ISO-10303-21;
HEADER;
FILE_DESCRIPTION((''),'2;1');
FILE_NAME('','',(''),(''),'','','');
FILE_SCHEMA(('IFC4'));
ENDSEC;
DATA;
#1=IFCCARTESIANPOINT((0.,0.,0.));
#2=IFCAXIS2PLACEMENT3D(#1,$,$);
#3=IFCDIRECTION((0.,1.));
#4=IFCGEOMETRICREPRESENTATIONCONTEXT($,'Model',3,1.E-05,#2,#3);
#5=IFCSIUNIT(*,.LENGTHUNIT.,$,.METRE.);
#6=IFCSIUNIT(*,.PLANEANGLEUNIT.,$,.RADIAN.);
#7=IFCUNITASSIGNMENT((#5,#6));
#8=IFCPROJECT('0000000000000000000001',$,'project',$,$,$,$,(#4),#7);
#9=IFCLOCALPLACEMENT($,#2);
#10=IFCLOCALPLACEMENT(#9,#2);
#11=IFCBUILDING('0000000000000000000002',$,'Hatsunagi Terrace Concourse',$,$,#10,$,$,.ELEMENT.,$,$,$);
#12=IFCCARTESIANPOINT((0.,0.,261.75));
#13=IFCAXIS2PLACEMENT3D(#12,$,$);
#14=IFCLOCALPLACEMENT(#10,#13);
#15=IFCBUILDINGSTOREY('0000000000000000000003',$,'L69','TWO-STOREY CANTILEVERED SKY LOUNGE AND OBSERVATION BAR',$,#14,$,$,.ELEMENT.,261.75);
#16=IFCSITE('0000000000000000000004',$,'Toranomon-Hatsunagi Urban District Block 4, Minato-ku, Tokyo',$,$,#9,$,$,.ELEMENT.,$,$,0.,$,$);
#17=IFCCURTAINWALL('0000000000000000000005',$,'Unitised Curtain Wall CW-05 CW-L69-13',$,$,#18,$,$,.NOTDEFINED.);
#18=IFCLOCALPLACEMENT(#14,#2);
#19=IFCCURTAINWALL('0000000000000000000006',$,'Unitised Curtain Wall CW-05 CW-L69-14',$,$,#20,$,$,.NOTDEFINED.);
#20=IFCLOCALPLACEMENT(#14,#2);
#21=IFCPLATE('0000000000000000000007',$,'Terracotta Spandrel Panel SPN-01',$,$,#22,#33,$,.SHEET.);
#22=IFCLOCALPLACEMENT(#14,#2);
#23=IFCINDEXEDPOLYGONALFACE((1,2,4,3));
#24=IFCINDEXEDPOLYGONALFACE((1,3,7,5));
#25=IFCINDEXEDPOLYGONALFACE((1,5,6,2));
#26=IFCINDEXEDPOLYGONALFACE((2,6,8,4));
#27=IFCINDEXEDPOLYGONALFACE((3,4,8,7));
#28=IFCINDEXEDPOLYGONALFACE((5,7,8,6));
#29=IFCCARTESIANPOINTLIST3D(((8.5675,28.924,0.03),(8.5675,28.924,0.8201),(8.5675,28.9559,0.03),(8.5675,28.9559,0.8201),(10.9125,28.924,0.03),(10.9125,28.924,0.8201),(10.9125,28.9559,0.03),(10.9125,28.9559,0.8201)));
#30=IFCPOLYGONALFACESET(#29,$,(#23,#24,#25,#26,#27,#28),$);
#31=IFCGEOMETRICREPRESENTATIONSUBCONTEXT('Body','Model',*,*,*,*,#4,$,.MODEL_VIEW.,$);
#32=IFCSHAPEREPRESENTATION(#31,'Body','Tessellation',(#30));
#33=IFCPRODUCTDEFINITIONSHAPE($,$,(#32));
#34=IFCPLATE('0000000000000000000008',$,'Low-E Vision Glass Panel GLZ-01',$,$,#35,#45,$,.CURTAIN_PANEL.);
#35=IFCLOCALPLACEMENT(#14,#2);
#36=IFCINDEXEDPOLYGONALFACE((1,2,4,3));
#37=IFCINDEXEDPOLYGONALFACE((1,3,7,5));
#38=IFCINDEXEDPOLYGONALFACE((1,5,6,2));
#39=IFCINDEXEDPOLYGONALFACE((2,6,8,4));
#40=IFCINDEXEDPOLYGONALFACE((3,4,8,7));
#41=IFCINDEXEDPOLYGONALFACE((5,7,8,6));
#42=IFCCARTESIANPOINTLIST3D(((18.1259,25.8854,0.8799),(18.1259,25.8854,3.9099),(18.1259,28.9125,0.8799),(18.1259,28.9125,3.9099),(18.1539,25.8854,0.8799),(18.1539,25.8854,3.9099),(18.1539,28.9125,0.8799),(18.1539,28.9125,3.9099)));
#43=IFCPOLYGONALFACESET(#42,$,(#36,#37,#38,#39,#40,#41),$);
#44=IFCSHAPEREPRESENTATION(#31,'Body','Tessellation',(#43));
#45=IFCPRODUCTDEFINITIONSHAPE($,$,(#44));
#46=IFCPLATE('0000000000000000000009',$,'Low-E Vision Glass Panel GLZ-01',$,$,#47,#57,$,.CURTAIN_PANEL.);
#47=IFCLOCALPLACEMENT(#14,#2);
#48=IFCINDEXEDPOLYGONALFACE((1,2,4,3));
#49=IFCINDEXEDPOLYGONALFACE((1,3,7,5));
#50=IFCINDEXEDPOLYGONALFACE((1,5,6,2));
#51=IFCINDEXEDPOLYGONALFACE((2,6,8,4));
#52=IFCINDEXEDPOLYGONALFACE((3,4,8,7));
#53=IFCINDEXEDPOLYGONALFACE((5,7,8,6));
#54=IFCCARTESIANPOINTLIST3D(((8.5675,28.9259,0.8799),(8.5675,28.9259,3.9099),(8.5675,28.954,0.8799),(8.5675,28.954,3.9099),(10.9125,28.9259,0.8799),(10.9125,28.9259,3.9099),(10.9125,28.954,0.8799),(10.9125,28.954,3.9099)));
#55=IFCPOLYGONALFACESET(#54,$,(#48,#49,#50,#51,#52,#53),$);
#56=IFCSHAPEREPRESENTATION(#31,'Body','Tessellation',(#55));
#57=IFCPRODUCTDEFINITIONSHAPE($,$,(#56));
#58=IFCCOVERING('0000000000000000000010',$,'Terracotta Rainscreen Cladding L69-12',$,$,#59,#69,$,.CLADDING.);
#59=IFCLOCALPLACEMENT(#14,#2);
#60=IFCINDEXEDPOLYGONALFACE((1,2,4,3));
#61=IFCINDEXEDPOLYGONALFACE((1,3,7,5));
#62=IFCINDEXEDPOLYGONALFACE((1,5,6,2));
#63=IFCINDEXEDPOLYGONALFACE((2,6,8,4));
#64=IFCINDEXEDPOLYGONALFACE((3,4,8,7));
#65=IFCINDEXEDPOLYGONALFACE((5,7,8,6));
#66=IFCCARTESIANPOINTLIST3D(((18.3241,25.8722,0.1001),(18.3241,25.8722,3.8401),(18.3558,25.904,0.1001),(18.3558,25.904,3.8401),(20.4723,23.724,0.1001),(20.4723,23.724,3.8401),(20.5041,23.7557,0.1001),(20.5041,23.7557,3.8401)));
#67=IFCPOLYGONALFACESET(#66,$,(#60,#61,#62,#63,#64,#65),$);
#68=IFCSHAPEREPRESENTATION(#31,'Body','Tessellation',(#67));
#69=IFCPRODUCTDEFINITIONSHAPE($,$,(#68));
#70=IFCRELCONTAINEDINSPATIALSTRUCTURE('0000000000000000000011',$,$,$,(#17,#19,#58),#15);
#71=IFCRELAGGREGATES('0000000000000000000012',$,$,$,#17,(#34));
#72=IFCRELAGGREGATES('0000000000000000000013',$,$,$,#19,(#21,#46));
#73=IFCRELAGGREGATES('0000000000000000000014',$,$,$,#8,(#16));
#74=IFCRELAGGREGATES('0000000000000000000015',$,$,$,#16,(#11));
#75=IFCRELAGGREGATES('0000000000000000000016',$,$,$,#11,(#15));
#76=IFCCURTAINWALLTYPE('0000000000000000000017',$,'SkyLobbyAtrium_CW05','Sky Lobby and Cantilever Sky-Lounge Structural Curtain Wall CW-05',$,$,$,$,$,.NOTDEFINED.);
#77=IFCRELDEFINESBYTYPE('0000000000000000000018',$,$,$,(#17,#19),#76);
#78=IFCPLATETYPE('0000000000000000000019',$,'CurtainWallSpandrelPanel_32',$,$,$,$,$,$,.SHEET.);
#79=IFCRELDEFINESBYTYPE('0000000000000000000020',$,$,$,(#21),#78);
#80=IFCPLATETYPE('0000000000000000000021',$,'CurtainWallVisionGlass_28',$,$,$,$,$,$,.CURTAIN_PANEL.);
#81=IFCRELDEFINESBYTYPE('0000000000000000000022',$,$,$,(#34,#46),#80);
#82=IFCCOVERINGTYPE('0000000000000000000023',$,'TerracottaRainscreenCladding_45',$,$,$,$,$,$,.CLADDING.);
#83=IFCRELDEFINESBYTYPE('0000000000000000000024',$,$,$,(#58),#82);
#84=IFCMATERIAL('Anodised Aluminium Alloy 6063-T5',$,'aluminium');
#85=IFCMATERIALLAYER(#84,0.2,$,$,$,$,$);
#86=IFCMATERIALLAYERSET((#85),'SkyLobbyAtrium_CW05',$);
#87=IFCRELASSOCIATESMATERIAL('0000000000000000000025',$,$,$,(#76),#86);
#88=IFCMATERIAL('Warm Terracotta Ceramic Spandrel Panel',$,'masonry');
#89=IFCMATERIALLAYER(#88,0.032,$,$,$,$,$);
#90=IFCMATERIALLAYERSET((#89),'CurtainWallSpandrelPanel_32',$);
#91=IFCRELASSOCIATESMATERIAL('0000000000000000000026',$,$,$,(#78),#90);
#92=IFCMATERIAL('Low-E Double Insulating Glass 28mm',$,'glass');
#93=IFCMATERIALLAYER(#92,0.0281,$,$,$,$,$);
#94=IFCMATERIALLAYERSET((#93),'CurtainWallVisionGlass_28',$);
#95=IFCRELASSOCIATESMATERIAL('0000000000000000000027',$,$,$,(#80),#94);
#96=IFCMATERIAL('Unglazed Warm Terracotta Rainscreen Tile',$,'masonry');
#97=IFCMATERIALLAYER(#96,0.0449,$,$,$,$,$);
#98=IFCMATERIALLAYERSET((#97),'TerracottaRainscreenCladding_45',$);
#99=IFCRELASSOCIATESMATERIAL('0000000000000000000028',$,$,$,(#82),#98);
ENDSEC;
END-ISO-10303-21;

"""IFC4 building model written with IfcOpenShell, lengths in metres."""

from ifc_helpers import new_model, si_unit, direction, frame, origin, origin_2d, place, context, subcontext, project, spatial, rectangle, extrude, material, layer, layer_set, type_object, element, aggregate, save


model = new_model("IFC4")

# Units and contexts
model_context = context("Model", 3, precision=1e-05, world=origin(), true_north=direction((0.0, 1.0)))
body_context = subcontext(model_context, "Body", "Model", "MODEL_VIEW")
ifc_project = project(units=[si_unit("LENGTHUNIT", "METRE"), si_unit("PLANEANGLEUNIT", "RADIAN")], contexts=[model_context])

# Site, building, storey
site_placement = place(None, origin())
site = spatial("IfcSite", under=ifc_project, at=site_placement, Name="Toranomon-Hatsunagi Urban District Block 4, Minato-ku, Tokyo", CompositionType="ELEMENT", RefElevation=0.0)
building_placement = place(site_placement, origin())
building = spatial("IfcBuilding", under=site, at=building_placement, Name="Hatsunagi Terrace Concourse", CompositionType="ELEMENT")
storey_placement = place(building_placement, frame((0.0, 0.0, 261.75)))
storey = spatial("IfcBuildingStorey", under=building, at=storey_placement, Name="L69", Description="TWO-STOREY CANTILEVERED SKY LOUNGE AND OBSERVATION BAR", CompositionType="ELEMENT", Elevation=261.75)

# Curtain wall
ifc_material_1 = material(Name="Anodised Aluminium Alloy 6063-T5", Category="aluminium")
ifc_layer_1 = layer(ifc_material_1, 0.2)
ifc_layer_set_1 = layer_set([ifc_layer_1], Name="SkyLobbyAtrium_CW05")
curtain_wall_type = type_object("IfcCurtainWallType", Name="SkyLobbyAtrium_CW05", Description="Sky Lobby and Cantilever Sky-Lounge Structural Curtain Wall CW-05", PredefinedType="NOTDEFINED", material=ifc_layer_set_1)
curtain_wall_1_placement = place(storey_placement, origin())
curtain_wall_1 = element("IfcCurtainWall", 1, at=curtain_wall_1_placement, inside=storey, type_object=curtain_wall_type, Name="Unitised Curtain Wall CW-05 CW-L69-13", PredefinedType="NOTDEFINED")

# Curtain wall
curtain_wall_2_placement = place(storey_placement, origin())
curtain_wall_2 = element("IfcCurtainWall", 2, at=curtain_wall_2_placement, inside=storey, type_object=curtain_wall_type, Name="Unitised Curtain Wall CW-05 CW-L69-14", PredefinedType="NOTDEFINED")

# Plates
ifc_material_2 = material(Name="Warm Terracotta Ceramic Spandrel Panel", Category="masonry")
ifc_layer_2 = layer(ifc_material_2, 0.032)
ifc_layer_set_2 = layer_set([ifc_layer_2], Name="CurtainWallSpandrelPanel_32")
plate_type_1 = type_object("IfcPlateType", Name="CurtainWallSpandrelPanel_32", PredefinedType="SHEET", material=ifc_layer_set_2)
plate_1_placement = place(storey_placement, frame((9.74, 28.9399, 0.03), z_axis=(0.0, 0.0, 1.0), x_axis=(-1.0, 0.0, 0.0)))
plate_1 = element("IfcPlate", 3, at=plate_1_placement, type_object=plate_type_1, Name="Terracotta Spandrel Panel SPN-01", PredefinedType="SHEET", context=body_context, shape_type="SweptSolid", body=[
    extrude(rectangle(XDim=2.345, YDim=0.032, at=origin_2d()), origin(), (0.0, 0.0, 1.0), 0.79),
])
ifc_material_3 = material(Name="Low-E Double Insulating Glass 28mm", Category="glass")
ifc_layer_3 = layer(ifc_material_3, 0.0281)
ifc_layer_set_3 = layer_set([ifc_layer_3], Name="CurtainWallVisionGlass_28")
plate_type_2 = type_object("IfcPlateType", Name="CurtainWallVisionGlass_28", PredefinedType="CURTAIN_PANEL", material=ifc_layer_set_3)
plate_2_placement = place(storey_placement, frame((18.1399, 27.3989, 0.8799), z_axis=(0.0, 0.0, 1.0), x_axis=(0.0, 1.0, 0.0)))
plate_2 = element("IfcPlate", 4, at=plate_2_placement, type_object=plate_type_2, Name="Low-E Vision Glass Panel GLZ-01", PredefinedType="CURTAIN_PANEL", context=body_context, shape_type="SweptSolid", body=[
    extrude(rectangle(XDim=3.0271, YDim=0.0281, at=origin_2d()), origin(), (0.0, 0.0, 1.0), 3.03),
])
aggregate(curtain_wall_1, [plate_2])
plate_3_placement = place(storey_placement, frame((9.74, 28.9399, 0.8799), z_axis=(0.0, 0.0, 1.0), x_axis=(-1.0, 0.0, 0.0)))
plate_3 = element("IfcPlate", 5, at=plate_3_placement, type_object=plate_type_2, Name="Low-E Vision Glass Panel GLZ-01", PredefinedType="CURTAIN_PANEL", context=body_context, shape_type="SweptSolid", body=[
    extrude(rectangle(XDim=2.345, YDim=0.0281, at=origin_2d()), origin(), (0.0, 0.0, 1.0), 3.03),
])
aggregate(curtain_wall_2, [plate_1, plate_3])

# Covering
ifc_material_4 = material(Name="Unglazed Warm Terracotta Rainscreen Tile", Category="masonry")
ifc_layer_4 = layer(ifc_material_4, 0.0449)
ifc_layer_set_4 = layer_set([ifc_layer_4], Name="TerracottaRainscreenCladding_45")
covering_type = type_object("IfcCoveringType", Name="TerracottaRainscreenCladding_45", PredefinedType="CLADDING", material=ifc_layer_set_4)
covering_placement = place(storey_placement, frame((19.4141, 24.814, 0.1001), z_axis=(0.0, 0.0, 1.0), x_axis=(-0.707107, 0.707107, 0.0)))
element("IfcCovering", 6, at=covering_placement, inside=storey, type_object=covering_type, Name="Terracotta Rainscreen Cladding L69-12", PredefinedType="CLADDING", context=body_context, shape_type="SweptSolid", body=[
    extrude(rectangle(XDim=3.0381, YDim=0.0449, at=origin_2d()), origin(), (0.0, 0.0, 1.0), 3.74),
])

save(model, "model.ifc")
